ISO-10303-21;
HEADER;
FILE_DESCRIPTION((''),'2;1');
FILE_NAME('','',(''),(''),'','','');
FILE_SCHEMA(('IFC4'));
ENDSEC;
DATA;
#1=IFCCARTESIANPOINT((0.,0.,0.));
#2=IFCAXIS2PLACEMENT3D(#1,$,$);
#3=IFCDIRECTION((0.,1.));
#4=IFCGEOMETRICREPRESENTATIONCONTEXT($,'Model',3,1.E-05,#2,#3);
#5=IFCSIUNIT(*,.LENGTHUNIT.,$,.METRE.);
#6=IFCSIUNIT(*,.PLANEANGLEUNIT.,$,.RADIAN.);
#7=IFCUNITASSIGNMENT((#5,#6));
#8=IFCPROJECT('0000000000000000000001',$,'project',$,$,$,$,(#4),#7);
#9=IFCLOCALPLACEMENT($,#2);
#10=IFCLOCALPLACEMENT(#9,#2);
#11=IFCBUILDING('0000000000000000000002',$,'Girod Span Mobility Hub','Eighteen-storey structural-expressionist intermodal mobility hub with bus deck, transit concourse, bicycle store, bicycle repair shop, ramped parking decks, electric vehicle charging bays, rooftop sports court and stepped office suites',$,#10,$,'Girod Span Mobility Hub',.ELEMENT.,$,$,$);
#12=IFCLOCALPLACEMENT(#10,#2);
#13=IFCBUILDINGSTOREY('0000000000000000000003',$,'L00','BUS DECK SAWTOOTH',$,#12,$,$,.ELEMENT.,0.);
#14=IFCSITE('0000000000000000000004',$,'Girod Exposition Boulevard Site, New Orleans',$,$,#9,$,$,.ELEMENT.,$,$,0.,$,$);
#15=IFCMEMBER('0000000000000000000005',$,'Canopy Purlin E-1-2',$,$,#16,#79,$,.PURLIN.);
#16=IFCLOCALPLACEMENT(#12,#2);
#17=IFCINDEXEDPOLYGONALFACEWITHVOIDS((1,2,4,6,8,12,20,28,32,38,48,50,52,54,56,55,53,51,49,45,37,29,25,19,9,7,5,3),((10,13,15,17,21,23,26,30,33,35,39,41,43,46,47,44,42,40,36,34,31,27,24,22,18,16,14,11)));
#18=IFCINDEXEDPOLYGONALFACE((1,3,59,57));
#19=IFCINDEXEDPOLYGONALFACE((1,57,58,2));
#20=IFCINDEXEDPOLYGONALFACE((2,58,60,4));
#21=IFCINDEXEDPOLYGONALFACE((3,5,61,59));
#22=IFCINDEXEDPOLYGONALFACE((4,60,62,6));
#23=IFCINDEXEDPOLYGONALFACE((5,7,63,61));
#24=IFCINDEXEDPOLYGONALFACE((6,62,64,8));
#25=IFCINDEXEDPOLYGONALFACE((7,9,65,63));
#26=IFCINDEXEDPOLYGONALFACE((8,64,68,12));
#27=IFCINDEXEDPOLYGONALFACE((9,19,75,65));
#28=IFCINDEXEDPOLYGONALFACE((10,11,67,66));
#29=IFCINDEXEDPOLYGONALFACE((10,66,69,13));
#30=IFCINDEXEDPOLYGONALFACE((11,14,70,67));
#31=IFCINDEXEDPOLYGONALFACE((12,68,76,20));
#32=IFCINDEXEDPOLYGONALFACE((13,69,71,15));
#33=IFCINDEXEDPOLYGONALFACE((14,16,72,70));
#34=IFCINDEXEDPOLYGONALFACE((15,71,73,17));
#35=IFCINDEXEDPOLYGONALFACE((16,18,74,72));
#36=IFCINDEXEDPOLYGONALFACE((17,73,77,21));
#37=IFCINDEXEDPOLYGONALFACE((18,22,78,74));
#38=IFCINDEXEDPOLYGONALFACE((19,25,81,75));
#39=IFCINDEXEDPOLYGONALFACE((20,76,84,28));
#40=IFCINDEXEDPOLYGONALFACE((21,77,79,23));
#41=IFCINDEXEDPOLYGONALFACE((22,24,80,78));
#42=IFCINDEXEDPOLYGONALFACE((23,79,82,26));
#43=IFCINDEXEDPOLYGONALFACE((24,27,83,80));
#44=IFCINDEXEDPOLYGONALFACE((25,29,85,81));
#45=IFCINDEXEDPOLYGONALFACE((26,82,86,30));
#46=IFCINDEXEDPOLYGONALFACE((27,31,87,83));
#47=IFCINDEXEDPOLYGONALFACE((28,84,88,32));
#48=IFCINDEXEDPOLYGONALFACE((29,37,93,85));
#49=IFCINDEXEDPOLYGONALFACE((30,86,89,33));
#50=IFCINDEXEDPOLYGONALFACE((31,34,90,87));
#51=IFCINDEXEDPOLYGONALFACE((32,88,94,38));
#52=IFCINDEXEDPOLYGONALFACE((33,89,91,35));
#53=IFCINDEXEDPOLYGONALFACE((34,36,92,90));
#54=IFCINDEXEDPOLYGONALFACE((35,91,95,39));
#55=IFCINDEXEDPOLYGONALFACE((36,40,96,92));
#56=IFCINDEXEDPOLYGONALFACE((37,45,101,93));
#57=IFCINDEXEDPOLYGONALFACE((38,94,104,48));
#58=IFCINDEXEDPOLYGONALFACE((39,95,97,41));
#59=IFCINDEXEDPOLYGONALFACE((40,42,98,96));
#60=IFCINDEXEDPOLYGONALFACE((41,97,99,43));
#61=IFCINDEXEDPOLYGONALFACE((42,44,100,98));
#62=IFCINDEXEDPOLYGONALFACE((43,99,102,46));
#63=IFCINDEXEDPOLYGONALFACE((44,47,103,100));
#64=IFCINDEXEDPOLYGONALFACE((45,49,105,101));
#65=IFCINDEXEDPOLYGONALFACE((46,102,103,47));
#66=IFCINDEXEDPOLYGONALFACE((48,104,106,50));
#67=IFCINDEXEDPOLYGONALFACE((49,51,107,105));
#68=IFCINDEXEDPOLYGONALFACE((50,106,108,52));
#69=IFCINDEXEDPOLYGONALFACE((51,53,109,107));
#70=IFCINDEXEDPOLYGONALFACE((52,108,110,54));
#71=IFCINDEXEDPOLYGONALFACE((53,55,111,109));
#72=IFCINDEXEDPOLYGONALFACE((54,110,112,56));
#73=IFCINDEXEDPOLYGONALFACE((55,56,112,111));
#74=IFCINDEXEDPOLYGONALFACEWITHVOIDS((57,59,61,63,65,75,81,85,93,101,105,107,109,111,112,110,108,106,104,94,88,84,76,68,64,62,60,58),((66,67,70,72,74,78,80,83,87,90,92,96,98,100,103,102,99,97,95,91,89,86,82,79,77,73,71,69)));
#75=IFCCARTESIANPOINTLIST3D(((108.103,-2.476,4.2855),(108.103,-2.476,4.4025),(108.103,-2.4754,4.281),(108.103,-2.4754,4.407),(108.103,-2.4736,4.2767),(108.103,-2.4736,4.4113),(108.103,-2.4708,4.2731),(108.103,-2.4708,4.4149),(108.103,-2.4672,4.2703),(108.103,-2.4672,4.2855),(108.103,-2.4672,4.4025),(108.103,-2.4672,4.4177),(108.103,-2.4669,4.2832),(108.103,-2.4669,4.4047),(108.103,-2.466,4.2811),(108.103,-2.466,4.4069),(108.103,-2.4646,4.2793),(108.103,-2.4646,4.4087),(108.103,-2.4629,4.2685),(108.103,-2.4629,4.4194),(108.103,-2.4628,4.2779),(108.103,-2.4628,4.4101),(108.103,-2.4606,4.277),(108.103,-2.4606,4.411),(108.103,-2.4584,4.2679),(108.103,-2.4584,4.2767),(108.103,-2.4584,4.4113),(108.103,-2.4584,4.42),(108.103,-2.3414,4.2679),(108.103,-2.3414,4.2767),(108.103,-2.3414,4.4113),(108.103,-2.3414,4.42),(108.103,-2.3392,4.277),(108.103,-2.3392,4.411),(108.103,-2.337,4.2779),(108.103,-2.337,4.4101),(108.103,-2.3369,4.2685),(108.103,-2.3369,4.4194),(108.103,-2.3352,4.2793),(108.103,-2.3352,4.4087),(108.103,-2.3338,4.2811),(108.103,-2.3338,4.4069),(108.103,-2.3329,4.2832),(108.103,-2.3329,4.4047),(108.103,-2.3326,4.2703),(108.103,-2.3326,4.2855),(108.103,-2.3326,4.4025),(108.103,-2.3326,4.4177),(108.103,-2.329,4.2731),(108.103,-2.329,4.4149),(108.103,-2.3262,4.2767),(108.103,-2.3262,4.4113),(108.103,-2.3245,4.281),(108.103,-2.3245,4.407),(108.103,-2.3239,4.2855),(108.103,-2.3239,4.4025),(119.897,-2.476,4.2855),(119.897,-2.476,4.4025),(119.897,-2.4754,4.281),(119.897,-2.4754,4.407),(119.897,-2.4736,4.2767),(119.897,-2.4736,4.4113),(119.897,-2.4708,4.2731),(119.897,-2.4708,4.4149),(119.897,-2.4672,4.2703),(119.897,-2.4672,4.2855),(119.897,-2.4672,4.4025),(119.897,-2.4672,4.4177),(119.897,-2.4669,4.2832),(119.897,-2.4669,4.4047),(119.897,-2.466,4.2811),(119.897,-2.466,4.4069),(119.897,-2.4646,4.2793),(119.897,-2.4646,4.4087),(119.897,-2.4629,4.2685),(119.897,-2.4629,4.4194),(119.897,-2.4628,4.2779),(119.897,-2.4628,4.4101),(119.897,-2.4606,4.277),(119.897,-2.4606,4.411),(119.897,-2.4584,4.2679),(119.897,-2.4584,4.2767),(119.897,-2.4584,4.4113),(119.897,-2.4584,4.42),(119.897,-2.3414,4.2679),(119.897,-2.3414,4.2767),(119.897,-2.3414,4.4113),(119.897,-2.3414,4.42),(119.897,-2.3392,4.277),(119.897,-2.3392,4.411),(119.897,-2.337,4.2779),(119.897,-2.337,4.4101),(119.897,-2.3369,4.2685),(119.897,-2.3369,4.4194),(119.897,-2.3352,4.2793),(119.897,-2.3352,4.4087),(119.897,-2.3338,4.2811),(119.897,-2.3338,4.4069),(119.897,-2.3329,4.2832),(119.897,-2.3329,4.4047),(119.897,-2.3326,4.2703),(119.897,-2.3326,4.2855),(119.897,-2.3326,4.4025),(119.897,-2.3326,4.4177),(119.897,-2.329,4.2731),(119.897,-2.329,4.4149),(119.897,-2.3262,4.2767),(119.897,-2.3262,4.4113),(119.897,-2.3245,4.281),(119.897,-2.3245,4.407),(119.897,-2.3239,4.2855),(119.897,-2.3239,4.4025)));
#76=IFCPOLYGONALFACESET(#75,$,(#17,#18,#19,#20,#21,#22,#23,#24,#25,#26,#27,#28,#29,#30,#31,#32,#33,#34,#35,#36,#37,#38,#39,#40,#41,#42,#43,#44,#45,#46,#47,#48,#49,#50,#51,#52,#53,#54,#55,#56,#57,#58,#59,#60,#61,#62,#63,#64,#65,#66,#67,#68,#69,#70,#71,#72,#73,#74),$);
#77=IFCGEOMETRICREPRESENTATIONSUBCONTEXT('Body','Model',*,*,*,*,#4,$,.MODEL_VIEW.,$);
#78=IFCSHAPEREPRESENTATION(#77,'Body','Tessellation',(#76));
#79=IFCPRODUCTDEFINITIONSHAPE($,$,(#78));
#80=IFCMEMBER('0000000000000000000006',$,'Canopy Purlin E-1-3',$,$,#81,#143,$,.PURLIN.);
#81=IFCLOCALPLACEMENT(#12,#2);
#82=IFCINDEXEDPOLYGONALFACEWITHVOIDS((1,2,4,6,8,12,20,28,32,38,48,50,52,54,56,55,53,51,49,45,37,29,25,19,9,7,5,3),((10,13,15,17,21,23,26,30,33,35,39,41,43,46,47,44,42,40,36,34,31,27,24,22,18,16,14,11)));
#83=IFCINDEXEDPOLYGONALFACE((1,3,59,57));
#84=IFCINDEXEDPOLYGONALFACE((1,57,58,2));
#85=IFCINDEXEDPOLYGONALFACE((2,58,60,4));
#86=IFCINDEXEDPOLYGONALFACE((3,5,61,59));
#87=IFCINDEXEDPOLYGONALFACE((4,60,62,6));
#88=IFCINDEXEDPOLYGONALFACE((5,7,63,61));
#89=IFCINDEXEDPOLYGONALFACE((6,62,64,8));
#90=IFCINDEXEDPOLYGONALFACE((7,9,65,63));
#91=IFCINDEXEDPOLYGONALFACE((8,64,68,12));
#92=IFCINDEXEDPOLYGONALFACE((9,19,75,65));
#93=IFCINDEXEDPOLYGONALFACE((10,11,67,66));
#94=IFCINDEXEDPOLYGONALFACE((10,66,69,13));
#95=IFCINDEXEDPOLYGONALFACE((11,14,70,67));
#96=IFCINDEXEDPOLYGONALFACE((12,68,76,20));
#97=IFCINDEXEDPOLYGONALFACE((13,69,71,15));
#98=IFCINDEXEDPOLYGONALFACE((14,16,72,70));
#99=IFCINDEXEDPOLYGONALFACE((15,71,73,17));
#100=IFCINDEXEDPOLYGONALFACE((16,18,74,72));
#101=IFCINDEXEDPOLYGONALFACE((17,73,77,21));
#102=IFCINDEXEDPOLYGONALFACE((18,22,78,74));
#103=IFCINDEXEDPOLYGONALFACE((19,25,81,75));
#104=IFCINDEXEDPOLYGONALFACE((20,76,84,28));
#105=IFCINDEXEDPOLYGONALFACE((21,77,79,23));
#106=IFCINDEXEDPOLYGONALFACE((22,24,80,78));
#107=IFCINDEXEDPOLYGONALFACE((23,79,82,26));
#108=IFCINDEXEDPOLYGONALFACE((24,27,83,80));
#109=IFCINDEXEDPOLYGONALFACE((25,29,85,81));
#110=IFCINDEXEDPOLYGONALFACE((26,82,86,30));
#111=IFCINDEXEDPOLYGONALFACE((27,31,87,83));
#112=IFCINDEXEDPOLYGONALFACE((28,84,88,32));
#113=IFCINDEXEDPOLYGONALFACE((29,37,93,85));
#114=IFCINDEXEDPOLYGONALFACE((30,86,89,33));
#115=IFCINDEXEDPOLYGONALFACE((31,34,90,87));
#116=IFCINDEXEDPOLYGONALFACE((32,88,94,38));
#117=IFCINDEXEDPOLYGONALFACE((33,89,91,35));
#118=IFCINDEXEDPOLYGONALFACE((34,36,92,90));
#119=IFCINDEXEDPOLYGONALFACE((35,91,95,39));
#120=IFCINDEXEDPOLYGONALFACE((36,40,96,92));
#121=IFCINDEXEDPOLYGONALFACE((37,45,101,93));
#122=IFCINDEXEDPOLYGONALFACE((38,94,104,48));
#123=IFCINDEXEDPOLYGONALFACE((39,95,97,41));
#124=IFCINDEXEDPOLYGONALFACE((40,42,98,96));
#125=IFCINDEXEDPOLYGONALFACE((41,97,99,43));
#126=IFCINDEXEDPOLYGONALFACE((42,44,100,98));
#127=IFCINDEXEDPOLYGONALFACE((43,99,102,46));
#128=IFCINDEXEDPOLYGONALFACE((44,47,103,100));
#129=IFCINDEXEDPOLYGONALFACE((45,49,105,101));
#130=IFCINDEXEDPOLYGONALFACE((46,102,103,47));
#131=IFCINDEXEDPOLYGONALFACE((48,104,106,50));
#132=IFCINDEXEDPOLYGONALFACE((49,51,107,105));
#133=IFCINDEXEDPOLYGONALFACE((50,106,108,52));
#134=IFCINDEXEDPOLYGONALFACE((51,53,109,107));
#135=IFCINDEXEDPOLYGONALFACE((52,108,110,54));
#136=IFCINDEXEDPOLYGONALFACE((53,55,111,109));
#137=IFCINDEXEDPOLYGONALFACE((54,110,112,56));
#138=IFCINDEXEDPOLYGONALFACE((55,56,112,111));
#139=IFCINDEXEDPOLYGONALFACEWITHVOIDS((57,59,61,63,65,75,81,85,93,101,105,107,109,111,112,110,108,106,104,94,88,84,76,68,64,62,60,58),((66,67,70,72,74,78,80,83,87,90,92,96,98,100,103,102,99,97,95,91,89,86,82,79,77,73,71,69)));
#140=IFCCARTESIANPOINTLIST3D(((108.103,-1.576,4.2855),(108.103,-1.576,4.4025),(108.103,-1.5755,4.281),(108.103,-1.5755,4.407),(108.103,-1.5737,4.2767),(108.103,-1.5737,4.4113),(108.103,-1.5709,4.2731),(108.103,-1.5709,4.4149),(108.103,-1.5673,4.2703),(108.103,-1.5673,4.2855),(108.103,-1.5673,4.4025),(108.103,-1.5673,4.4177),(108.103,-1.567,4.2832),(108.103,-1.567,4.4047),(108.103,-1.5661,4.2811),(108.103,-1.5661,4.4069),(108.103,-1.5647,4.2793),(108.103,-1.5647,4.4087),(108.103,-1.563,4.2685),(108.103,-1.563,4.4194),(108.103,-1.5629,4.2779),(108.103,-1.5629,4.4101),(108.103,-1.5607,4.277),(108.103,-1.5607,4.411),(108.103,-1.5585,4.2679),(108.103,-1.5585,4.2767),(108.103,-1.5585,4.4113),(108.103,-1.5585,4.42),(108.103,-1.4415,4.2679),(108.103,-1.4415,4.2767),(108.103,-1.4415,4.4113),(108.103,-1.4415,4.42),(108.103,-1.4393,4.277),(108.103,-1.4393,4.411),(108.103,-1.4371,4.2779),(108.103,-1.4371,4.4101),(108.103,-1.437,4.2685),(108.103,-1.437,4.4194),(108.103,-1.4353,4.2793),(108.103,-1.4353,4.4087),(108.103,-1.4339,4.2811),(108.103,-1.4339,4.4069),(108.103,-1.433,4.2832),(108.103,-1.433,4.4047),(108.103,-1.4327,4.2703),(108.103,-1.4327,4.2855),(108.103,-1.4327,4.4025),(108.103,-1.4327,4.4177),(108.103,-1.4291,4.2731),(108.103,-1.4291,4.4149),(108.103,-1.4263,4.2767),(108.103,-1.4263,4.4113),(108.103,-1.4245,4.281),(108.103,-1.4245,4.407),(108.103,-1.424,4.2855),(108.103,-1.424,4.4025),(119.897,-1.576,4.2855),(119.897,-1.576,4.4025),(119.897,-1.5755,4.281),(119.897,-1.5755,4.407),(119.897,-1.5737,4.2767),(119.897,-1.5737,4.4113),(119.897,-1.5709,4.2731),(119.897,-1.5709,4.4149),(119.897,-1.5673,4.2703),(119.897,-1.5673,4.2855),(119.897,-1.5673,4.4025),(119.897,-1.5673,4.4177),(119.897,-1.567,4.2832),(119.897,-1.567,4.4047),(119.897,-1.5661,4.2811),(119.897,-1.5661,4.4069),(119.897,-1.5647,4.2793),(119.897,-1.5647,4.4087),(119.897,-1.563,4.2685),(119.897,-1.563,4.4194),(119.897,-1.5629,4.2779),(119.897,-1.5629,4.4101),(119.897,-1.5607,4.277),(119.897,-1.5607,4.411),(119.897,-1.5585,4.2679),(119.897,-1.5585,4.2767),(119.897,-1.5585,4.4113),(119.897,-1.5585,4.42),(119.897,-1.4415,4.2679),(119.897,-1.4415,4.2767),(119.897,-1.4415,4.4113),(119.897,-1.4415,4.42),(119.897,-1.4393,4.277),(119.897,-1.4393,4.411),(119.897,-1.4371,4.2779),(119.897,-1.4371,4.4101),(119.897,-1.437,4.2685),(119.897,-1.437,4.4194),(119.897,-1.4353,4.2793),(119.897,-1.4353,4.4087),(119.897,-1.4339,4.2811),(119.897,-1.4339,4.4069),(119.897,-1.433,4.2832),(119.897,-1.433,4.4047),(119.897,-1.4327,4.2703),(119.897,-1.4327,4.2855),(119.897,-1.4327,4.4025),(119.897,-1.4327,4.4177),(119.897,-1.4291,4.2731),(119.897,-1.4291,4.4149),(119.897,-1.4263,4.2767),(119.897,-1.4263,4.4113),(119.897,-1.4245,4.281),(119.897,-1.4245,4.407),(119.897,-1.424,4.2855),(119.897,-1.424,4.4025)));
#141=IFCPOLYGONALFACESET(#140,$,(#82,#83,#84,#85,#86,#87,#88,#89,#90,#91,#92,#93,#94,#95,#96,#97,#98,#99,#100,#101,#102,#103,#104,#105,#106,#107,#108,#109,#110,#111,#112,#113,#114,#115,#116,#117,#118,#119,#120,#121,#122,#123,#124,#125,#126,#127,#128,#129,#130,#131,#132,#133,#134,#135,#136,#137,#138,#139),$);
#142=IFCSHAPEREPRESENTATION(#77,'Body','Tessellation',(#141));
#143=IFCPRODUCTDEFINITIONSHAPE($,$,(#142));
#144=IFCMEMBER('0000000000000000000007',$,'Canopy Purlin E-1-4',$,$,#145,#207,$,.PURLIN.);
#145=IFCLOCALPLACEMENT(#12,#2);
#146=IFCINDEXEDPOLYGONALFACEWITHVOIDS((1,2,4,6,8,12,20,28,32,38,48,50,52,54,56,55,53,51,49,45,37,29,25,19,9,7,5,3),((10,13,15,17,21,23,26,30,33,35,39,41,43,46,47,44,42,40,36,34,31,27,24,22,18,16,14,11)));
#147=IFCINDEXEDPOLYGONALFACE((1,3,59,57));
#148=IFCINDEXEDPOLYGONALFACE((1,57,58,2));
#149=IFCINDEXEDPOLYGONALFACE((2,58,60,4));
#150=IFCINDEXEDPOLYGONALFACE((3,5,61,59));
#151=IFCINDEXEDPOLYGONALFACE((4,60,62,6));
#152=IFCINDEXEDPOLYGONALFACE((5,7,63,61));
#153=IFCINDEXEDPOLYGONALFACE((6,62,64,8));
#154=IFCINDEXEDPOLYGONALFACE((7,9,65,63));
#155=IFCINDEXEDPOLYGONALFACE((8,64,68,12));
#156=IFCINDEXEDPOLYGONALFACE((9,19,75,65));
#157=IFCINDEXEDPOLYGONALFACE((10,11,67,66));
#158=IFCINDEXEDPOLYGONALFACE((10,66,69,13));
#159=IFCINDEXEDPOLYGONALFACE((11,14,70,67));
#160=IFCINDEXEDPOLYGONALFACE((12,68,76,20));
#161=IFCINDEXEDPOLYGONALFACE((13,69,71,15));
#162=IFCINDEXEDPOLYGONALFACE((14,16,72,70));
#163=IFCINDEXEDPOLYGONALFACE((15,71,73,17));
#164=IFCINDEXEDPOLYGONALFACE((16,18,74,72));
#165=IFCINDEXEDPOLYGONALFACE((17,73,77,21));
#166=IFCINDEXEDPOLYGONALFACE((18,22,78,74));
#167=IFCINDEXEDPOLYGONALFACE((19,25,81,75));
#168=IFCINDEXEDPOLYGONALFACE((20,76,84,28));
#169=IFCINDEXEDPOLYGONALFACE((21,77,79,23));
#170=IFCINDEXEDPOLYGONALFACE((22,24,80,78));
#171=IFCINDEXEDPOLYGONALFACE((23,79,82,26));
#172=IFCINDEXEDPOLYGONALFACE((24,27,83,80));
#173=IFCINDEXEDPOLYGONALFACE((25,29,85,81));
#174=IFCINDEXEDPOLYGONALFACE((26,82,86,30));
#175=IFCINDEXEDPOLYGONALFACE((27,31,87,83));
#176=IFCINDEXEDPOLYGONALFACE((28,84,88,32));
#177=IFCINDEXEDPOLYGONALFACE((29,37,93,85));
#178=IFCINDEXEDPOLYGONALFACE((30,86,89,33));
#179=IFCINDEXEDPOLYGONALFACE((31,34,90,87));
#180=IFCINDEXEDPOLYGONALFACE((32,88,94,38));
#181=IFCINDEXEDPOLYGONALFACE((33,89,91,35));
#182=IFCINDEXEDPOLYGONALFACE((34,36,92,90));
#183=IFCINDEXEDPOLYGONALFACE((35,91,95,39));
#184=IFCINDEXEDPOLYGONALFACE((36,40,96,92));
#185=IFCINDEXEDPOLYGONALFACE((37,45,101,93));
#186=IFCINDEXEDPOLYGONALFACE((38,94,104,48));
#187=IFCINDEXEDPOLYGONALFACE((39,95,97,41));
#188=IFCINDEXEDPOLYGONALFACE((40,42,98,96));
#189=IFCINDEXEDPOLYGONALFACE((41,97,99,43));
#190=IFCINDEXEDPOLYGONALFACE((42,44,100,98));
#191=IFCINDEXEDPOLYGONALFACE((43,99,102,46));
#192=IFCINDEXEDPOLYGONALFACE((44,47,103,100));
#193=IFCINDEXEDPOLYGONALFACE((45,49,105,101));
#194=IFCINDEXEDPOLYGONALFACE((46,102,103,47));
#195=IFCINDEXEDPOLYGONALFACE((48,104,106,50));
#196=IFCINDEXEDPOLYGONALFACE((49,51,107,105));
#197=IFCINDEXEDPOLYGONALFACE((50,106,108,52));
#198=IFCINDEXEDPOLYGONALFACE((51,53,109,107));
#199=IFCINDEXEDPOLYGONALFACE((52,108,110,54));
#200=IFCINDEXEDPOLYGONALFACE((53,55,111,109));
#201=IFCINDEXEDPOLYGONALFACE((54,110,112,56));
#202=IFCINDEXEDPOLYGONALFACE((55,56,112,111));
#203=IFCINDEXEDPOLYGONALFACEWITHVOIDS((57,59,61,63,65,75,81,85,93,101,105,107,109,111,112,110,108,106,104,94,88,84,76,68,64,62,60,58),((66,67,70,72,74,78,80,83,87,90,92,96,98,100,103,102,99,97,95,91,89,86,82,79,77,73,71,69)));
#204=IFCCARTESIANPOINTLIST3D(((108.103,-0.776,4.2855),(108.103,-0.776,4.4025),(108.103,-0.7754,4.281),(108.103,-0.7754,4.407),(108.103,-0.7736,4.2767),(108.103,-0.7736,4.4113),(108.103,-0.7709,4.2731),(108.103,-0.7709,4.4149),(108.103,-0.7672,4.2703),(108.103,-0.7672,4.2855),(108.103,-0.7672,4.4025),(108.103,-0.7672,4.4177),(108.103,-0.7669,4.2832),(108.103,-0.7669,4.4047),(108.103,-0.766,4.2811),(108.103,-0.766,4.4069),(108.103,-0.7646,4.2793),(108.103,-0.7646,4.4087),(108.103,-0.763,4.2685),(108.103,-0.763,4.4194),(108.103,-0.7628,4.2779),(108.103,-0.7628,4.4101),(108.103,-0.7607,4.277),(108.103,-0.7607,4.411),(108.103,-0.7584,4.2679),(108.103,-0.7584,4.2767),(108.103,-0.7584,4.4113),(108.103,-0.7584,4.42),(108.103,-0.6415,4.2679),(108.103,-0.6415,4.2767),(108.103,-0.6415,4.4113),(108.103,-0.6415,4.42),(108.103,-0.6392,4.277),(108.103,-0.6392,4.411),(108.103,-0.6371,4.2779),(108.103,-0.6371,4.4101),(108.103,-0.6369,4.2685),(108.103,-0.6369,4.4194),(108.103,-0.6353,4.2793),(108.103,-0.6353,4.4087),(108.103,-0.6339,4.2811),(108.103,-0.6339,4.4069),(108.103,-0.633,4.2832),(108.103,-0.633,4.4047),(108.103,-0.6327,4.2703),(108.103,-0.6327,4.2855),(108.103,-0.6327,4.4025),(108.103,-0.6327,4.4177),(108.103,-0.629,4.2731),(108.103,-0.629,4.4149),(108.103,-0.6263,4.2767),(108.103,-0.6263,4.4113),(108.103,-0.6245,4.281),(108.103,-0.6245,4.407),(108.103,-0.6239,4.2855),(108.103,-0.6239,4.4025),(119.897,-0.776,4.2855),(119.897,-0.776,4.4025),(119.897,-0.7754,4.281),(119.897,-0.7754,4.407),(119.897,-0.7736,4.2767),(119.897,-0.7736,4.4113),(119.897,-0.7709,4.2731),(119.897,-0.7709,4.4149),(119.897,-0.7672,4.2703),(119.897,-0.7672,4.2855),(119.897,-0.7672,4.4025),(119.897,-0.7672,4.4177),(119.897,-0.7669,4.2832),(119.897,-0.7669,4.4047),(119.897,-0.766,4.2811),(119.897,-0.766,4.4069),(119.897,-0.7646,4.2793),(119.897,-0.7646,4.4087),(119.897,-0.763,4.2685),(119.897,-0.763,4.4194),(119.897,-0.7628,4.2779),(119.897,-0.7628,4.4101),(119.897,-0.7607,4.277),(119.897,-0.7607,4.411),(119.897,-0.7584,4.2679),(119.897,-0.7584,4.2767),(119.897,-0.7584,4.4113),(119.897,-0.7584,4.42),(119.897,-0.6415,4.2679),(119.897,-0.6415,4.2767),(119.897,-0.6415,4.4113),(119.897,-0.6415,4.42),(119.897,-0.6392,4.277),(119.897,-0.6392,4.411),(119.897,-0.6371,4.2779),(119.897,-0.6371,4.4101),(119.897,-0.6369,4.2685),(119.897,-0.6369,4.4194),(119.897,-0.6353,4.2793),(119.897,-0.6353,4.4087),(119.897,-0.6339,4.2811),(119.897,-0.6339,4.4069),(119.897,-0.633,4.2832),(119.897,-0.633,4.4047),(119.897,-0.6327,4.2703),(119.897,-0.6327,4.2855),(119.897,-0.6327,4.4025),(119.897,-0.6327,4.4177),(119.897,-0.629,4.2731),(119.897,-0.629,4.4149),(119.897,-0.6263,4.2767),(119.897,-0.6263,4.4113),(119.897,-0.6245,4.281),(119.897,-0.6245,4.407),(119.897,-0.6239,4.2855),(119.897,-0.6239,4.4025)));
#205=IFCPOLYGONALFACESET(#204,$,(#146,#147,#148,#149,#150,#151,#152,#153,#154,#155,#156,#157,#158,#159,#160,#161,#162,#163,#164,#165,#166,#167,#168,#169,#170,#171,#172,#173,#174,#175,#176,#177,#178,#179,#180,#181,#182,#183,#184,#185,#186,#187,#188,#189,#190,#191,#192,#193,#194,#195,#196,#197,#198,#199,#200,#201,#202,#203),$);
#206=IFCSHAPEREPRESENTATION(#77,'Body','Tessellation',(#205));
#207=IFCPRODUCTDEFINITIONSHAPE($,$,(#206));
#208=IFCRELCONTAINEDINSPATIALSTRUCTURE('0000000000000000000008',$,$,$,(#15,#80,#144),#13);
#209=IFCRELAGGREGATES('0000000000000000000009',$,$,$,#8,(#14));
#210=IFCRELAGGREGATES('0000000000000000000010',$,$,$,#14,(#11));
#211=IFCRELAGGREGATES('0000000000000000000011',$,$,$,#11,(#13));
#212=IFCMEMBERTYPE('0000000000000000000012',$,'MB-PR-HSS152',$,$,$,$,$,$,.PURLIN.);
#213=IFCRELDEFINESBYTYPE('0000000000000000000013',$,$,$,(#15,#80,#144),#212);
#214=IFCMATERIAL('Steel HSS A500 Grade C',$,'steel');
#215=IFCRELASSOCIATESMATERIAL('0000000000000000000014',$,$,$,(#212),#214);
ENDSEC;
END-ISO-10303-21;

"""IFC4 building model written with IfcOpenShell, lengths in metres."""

from ifc_helpers import new_model, si_unit, direction, frame, origin, origin_2d, place, context, subcontext, project, spatial, hollow_rectangle, extrude, material, material_profile, profile_set, type_object, element, save


model = new_model("IFC4")

# Units and contexts
model_context = context("Model", 3, precision=1e-05, world=origin(), true_north=direction((0.0, 1.0)))
body_context = subcontext(model_context, "Body", "Model", "MODEL_VIEW")
ifc_project = project(units=[si_unit("LENGTHUNIT", "METRE"), si_unit("PLANEANGLEUNIT", "RADIAN")], contexts=[model_context])

# Site, building, storey
site_placement = place(None, origin())
site = spatial("IfcSite", under=ifc_project, at=site_placement, Name="Girod Exposition Boulevard Site, New Orleans", CompositionType="ELEMENT", RefElevation=0.0)
building_placement = place(site_placement, origin())
building = spatial("IfcBuilding", under=site, at=building_placement, Name="Girod Span Mobility Hub", Description="Eighteen-storey structural-expressionist intermodal mobility hub with bus deck, transit concourse, bicycle store, bicycle repair shop, ramped parking decks, electric vehicle charging bays, rooftop sports court and stepped office suites", LongName="Girod Span Mobility Hub", CompositionType="ELEMENT")
storey_placement = place(building_placement, origin())
storey = spatial("IfcBuildingStorey", under=building, at=storey_placement, Name="L00", Description="BUS DECK SAWTOOTH", CompositionType="ELEMENT", Elevation=0.0)

# Members
ifc_material_1 = material(Name="Steel HSS A500 Grade C", Category="steel")
ifc_material_profile_1 = material_profile(ifc_material_1, hollow_rectangle(XDim=0.1521, YDim=0.1521, WallThickness=0.0088, InnerFilletRadius=0.0088, OuterFilletRadius=0.0176, at=origin_2d()), Name="HSS152X152X9.5")
ifc_profile_set_1 = profile_set([ifc_material_profile_1], Name="Steel HSS A500 Grade C")
member_type = type_object("IfcMemberType", Name="MB-PR-HSS152", PredefinedType="PURLIN", material=ifc_profile_set_1)
for number, where, z_axis, x_axis, name in (
    (1, (108.103, -2.3999, 4.344), (1.0, 0.0, 0.0), (0.0, 1.0, 0.0), "Canopy Purlin E-1-2"),
    (2, (108.103, -1.5, 4.344), (1.0, 0.0, 0.0), (0.0, 1.0, 0.0), "Canopy Purlin E-1-3"),
    (3, (108.103, -0.7, 4.344), (1.0, 0.0, 0.0), (0.0, 1.0, 0.0), "Canopy Purlin E-1-4"),
):
    element("IfcMember", number, at=place(storey_placement, frame(where, z_axis=z_axis, x_axis=x_axis)), inside=storey, type_object=member_type, Name=name, PredefinedType="PURLIN", context=body_context, shape_type="SweptSolid", body=[
        extrude(hollow_rectangle(XDim=0.1521, YDim=0.1521, WallThickness=0.0088, InnerFilletRadius=0.0088, OuterFilletRadius=0.0176, at=origin_2d()), origin(), (0.0, 0.0, 1.0), 11.7939),
    ])

save(model, "model.ifc")
